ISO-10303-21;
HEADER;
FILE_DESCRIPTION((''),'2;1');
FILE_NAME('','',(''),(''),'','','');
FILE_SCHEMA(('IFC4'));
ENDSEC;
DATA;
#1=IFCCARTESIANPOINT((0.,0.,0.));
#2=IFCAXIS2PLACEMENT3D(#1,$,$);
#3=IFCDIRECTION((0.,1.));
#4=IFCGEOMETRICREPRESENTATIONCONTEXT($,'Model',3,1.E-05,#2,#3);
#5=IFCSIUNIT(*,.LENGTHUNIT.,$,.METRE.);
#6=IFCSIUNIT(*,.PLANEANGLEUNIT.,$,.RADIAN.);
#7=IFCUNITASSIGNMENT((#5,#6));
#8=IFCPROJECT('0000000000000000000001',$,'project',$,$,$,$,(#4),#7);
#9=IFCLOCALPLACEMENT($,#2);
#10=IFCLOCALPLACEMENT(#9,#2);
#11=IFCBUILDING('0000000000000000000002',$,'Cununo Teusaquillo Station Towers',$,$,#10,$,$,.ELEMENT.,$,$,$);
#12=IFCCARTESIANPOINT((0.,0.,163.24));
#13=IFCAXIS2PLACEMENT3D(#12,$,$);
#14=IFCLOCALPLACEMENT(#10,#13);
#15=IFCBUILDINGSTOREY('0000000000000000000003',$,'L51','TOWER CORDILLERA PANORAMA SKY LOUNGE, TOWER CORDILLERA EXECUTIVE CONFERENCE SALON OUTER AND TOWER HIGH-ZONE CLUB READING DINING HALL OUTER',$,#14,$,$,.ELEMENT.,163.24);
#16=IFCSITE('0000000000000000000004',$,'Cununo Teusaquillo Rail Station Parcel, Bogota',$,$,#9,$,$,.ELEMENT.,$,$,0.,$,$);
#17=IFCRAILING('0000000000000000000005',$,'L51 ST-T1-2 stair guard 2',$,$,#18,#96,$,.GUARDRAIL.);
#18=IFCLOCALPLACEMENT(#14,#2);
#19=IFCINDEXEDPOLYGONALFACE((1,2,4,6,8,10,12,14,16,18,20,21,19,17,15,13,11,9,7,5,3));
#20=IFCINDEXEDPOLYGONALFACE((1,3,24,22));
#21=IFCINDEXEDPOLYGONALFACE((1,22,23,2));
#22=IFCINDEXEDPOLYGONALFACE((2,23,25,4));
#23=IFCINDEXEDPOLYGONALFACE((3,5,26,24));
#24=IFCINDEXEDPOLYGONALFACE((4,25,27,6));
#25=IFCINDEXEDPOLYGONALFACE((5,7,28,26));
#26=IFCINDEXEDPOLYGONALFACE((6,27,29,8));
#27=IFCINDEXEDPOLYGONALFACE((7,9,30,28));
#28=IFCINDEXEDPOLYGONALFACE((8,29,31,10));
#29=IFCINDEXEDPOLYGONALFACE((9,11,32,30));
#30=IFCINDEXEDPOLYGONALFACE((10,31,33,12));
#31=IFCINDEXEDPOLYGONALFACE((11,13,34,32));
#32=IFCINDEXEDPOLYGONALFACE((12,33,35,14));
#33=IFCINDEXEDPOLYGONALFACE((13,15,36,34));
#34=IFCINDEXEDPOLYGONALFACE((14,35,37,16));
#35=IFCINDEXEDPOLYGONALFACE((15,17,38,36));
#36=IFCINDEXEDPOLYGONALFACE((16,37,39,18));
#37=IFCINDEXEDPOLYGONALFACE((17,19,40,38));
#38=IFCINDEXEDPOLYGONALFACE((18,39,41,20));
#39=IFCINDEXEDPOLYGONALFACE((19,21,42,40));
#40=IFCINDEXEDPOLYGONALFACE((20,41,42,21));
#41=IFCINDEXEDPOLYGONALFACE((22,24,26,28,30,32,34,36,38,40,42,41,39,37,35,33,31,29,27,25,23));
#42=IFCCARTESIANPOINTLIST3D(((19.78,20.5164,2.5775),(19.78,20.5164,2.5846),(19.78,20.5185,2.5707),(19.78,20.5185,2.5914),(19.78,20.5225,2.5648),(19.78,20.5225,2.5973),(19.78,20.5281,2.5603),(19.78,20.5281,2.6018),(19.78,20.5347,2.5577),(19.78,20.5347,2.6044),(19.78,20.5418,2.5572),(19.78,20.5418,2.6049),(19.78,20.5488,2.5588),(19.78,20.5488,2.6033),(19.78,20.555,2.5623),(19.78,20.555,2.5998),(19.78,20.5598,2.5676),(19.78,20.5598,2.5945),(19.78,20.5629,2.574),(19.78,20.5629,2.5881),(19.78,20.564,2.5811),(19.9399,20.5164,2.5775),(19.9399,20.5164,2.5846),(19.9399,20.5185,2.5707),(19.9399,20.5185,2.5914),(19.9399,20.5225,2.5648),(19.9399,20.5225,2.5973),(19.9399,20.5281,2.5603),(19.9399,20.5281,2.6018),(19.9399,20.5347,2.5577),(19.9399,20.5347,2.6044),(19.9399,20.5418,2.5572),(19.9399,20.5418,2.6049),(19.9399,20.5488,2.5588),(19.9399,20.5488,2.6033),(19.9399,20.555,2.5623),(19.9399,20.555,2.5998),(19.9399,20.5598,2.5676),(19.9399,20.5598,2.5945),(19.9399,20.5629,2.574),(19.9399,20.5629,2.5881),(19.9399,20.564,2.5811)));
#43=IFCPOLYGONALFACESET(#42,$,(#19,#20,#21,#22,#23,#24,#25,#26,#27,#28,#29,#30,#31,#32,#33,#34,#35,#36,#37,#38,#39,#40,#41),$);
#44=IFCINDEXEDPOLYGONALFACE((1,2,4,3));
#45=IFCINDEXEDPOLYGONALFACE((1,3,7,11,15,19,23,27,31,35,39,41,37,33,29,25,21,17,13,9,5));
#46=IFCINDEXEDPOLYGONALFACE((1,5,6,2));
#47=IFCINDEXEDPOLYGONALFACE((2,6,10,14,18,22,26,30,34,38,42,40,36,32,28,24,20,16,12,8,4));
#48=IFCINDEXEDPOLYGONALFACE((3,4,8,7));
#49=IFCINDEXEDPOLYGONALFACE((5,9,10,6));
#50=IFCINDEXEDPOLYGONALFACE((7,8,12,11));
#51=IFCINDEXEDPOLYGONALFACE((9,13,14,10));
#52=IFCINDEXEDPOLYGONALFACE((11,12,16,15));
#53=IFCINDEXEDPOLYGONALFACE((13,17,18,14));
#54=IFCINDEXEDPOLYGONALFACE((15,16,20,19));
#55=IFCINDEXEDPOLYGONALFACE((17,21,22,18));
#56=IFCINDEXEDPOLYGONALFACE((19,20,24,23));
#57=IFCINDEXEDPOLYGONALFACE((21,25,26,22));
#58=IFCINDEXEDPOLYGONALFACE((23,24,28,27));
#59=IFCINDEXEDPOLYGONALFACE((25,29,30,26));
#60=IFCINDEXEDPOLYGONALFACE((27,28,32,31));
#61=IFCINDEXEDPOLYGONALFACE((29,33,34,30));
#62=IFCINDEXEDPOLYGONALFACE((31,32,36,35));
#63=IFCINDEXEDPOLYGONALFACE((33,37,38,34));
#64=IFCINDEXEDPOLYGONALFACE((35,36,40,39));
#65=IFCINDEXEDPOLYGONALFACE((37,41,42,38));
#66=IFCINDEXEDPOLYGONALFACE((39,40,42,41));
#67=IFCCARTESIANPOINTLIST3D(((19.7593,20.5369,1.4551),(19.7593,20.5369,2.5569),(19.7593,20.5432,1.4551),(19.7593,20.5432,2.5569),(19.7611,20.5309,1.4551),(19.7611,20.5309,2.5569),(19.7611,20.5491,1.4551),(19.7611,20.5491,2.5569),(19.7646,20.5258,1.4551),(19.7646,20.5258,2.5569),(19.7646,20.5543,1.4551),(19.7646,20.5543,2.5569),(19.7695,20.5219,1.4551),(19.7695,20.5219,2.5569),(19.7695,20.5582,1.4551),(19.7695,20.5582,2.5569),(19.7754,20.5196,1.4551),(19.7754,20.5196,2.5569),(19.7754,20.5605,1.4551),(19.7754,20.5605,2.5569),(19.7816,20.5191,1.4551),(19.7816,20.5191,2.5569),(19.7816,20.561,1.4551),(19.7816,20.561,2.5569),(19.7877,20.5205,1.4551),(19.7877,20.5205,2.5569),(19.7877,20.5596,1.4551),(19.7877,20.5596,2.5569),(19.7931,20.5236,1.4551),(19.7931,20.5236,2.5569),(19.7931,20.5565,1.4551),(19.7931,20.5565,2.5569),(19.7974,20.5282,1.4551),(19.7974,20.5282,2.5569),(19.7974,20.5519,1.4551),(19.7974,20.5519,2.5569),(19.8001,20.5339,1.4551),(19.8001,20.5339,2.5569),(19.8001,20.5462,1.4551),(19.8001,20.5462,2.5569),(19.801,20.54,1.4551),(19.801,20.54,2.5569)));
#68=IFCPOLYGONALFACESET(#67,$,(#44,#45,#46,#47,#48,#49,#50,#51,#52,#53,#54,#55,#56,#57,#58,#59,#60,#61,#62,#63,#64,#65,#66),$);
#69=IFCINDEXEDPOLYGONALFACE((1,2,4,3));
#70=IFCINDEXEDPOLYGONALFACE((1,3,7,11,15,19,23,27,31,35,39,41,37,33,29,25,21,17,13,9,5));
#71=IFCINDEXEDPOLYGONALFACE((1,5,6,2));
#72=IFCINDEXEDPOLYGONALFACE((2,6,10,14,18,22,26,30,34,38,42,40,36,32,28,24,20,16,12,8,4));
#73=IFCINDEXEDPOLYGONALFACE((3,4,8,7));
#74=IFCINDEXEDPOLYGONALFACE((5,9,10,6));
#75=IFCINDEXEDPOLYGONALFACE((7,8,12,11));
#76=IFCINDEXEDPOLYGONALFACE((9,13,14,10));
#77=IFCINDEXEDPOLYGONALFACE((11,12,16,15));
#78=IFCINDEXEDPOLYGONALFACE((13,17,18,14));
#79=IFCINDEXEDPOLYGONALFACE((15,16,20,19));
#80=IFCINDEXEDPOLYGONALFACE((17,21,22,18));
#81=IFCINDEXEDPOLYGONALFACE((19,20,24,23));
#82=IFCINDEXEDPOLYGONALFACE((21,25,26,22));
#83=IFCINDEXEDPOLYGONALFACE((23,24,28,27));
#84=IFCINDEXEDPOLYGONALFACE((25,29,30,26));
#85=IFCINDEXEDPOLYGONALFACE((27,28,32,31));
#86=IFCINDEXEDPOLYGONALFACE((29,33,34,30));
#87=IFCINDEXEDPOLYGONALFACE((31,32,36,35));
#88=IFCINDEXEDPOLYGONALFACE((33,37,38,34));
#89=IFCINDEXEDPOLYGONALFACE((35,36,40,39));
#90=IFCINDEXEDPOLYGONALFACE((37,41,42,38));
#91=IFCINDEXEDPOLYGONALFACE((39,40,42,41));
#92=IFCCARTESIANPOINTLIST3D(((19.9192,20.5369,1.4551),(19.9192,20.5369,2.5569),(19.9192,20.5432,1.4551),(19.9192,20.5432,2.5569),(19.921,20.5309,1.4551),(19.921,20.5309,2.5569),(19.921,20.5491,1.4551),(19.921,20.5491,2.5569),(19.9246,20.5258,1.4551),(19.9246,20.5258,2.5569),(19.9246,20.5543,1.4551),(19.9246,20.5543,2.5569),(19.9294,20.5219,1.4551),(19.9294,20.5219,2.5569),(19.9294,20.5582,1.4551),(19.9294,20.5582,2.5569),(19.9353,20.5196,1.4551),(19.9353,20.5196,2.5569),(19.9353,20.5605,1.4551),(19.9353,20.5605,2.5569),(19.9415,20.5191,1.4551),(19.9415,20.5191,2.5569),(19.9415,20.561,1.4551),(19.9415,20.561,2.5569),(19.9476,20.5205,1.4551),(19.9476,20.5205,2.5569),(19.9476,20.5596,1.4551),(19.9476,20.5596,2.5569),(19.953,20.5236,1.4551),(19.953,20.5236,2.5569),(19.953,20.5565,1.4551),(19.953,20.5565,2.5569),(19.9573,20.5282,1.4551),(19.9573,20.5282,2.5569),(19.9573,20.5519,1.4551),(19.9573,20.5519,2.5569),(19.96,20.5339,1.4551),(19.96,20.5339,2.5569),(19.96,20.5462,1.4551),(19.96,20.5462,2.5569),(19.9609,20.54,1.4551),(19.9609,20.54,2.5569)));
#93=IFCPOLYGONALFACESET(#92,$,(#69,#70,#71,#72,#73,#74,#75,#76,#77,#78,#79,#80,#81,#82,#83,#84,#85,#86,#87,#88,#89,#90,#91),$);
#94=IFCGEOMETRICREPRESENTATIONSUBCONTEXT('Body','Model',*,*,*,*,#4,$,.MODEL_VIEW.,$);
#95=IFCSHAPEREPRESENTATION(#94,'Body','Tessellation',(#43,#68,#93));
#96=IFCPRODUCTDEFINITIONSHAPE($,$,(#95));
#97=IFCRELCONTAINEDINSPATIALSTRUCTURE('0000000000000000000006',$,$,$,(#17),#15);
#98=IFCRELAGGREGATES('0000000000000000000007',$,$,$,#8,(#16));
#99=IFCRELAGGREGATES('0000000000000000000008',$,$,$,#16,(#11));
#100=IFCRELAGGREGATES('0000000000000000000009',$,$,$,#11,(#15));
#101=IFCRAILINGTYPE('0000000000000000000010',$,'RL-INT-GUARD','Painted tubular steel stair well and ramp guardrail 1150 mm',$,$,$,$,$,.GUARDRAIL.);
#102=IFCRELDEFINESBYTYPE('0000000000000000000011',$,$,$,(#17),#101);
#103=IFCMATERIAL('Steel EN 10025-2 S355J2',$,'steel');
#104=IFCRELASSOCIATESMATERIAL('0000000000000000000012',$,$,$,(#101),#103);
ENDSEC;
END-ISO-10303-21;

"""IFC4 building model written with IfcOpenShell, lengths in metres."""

from ifc_helpers import new_model, si_unit, direction, frame, origin, origin_2d, place, context, subcontext, project, spatial, circle, extrude, material, type_object, element, save


model = new_model("IFC4")

# Units and contexts
model_context = context("Model", 3, precision=1e-05, world=origin(), true_north=direction((0.0, 1.0)))
body_context = subcontext(model_context, "Body", "Model", "MODEL_VIEW")
ifc_project = project(units=[si_unit("LENGTHUNIT", "METRE"), si_unit("PLANEANGLEUNIT", "RADIAN")], contexts=[model_context])

# Site, building, storey
site_placement = place(None, origin())
site = spatial("IfcSite", under=ifc_project, at=site_placement, Name="Cununo Teusaquillo Rail Station Parcel, Bogota", CompositionType="ELEMENT", RefElevation=0.0)
building_placement = place(site_placement, origin())
building = spatial("IfcBuilding", under=site, at=building_placement, Name="Cununo Teusaquillo Station Towers", CompositionType="ELEMENT")
storey_placement = place(building_placement, frame((0.0, 0.0, 163.24)))
storey = spatial("IfcBuildingStorey", under=building, at=storey_placement, Name="L51", Description="TOWER CORDILLERA PANORAMA SKY LOUNGE, TOWER CORDILLERA EXECUTIVE CONFERENCE SALON OUTER AND TOWER HIGH-ZONE CLUB READING DINING HALL OUTER", CompositionType="ELEMENT", Elevation=163.24)

# Railing
ifc_material_1 = material(Name="Steel EN 10025-2 S355J2", Category="steel")
railing_type_1 = type_object("IfcRailingType", Name="RL-INT-GUARD", Description="Painted tubular steel stair well and ramp guardrail 1150 mm", PredefinedType="GUARDRAIL", material=ifc_material_1)
railing_1_placement = place(storey_placement, frame((19.78, 20.54, 1.4551)))
element("IfcRailing", 1, at=railing_1_placement, inside=storey, type_object=railing_type_1, Name="L51 ST-T1-2 stair guard 2", PredefinedType="GUARDRAIL", context=body_context, shape_type="SweptSolid", body=[
    extrude(circle(Radius=0.0239, at=origin_2d()), frame((0.0, 0.0, 1.126), z_axis=(1.0, 0.0, 0.0), x_axis=(0.0, 1.0, 0.0)), (0.0, 0.0, 1.0), 0.1599),
    extrude(circle(Radius=0.021, at=origin_2d()), origin(), (0.0, 0.0, 1.0), 1.1018),
    extrude(circle(Radius=0.021, at=origin_2d()), frame((0.1599, 0.0, 0.0)), (0.0, 0.0, 1.0), 1.1018),
])

save(model, "model.ifc")
